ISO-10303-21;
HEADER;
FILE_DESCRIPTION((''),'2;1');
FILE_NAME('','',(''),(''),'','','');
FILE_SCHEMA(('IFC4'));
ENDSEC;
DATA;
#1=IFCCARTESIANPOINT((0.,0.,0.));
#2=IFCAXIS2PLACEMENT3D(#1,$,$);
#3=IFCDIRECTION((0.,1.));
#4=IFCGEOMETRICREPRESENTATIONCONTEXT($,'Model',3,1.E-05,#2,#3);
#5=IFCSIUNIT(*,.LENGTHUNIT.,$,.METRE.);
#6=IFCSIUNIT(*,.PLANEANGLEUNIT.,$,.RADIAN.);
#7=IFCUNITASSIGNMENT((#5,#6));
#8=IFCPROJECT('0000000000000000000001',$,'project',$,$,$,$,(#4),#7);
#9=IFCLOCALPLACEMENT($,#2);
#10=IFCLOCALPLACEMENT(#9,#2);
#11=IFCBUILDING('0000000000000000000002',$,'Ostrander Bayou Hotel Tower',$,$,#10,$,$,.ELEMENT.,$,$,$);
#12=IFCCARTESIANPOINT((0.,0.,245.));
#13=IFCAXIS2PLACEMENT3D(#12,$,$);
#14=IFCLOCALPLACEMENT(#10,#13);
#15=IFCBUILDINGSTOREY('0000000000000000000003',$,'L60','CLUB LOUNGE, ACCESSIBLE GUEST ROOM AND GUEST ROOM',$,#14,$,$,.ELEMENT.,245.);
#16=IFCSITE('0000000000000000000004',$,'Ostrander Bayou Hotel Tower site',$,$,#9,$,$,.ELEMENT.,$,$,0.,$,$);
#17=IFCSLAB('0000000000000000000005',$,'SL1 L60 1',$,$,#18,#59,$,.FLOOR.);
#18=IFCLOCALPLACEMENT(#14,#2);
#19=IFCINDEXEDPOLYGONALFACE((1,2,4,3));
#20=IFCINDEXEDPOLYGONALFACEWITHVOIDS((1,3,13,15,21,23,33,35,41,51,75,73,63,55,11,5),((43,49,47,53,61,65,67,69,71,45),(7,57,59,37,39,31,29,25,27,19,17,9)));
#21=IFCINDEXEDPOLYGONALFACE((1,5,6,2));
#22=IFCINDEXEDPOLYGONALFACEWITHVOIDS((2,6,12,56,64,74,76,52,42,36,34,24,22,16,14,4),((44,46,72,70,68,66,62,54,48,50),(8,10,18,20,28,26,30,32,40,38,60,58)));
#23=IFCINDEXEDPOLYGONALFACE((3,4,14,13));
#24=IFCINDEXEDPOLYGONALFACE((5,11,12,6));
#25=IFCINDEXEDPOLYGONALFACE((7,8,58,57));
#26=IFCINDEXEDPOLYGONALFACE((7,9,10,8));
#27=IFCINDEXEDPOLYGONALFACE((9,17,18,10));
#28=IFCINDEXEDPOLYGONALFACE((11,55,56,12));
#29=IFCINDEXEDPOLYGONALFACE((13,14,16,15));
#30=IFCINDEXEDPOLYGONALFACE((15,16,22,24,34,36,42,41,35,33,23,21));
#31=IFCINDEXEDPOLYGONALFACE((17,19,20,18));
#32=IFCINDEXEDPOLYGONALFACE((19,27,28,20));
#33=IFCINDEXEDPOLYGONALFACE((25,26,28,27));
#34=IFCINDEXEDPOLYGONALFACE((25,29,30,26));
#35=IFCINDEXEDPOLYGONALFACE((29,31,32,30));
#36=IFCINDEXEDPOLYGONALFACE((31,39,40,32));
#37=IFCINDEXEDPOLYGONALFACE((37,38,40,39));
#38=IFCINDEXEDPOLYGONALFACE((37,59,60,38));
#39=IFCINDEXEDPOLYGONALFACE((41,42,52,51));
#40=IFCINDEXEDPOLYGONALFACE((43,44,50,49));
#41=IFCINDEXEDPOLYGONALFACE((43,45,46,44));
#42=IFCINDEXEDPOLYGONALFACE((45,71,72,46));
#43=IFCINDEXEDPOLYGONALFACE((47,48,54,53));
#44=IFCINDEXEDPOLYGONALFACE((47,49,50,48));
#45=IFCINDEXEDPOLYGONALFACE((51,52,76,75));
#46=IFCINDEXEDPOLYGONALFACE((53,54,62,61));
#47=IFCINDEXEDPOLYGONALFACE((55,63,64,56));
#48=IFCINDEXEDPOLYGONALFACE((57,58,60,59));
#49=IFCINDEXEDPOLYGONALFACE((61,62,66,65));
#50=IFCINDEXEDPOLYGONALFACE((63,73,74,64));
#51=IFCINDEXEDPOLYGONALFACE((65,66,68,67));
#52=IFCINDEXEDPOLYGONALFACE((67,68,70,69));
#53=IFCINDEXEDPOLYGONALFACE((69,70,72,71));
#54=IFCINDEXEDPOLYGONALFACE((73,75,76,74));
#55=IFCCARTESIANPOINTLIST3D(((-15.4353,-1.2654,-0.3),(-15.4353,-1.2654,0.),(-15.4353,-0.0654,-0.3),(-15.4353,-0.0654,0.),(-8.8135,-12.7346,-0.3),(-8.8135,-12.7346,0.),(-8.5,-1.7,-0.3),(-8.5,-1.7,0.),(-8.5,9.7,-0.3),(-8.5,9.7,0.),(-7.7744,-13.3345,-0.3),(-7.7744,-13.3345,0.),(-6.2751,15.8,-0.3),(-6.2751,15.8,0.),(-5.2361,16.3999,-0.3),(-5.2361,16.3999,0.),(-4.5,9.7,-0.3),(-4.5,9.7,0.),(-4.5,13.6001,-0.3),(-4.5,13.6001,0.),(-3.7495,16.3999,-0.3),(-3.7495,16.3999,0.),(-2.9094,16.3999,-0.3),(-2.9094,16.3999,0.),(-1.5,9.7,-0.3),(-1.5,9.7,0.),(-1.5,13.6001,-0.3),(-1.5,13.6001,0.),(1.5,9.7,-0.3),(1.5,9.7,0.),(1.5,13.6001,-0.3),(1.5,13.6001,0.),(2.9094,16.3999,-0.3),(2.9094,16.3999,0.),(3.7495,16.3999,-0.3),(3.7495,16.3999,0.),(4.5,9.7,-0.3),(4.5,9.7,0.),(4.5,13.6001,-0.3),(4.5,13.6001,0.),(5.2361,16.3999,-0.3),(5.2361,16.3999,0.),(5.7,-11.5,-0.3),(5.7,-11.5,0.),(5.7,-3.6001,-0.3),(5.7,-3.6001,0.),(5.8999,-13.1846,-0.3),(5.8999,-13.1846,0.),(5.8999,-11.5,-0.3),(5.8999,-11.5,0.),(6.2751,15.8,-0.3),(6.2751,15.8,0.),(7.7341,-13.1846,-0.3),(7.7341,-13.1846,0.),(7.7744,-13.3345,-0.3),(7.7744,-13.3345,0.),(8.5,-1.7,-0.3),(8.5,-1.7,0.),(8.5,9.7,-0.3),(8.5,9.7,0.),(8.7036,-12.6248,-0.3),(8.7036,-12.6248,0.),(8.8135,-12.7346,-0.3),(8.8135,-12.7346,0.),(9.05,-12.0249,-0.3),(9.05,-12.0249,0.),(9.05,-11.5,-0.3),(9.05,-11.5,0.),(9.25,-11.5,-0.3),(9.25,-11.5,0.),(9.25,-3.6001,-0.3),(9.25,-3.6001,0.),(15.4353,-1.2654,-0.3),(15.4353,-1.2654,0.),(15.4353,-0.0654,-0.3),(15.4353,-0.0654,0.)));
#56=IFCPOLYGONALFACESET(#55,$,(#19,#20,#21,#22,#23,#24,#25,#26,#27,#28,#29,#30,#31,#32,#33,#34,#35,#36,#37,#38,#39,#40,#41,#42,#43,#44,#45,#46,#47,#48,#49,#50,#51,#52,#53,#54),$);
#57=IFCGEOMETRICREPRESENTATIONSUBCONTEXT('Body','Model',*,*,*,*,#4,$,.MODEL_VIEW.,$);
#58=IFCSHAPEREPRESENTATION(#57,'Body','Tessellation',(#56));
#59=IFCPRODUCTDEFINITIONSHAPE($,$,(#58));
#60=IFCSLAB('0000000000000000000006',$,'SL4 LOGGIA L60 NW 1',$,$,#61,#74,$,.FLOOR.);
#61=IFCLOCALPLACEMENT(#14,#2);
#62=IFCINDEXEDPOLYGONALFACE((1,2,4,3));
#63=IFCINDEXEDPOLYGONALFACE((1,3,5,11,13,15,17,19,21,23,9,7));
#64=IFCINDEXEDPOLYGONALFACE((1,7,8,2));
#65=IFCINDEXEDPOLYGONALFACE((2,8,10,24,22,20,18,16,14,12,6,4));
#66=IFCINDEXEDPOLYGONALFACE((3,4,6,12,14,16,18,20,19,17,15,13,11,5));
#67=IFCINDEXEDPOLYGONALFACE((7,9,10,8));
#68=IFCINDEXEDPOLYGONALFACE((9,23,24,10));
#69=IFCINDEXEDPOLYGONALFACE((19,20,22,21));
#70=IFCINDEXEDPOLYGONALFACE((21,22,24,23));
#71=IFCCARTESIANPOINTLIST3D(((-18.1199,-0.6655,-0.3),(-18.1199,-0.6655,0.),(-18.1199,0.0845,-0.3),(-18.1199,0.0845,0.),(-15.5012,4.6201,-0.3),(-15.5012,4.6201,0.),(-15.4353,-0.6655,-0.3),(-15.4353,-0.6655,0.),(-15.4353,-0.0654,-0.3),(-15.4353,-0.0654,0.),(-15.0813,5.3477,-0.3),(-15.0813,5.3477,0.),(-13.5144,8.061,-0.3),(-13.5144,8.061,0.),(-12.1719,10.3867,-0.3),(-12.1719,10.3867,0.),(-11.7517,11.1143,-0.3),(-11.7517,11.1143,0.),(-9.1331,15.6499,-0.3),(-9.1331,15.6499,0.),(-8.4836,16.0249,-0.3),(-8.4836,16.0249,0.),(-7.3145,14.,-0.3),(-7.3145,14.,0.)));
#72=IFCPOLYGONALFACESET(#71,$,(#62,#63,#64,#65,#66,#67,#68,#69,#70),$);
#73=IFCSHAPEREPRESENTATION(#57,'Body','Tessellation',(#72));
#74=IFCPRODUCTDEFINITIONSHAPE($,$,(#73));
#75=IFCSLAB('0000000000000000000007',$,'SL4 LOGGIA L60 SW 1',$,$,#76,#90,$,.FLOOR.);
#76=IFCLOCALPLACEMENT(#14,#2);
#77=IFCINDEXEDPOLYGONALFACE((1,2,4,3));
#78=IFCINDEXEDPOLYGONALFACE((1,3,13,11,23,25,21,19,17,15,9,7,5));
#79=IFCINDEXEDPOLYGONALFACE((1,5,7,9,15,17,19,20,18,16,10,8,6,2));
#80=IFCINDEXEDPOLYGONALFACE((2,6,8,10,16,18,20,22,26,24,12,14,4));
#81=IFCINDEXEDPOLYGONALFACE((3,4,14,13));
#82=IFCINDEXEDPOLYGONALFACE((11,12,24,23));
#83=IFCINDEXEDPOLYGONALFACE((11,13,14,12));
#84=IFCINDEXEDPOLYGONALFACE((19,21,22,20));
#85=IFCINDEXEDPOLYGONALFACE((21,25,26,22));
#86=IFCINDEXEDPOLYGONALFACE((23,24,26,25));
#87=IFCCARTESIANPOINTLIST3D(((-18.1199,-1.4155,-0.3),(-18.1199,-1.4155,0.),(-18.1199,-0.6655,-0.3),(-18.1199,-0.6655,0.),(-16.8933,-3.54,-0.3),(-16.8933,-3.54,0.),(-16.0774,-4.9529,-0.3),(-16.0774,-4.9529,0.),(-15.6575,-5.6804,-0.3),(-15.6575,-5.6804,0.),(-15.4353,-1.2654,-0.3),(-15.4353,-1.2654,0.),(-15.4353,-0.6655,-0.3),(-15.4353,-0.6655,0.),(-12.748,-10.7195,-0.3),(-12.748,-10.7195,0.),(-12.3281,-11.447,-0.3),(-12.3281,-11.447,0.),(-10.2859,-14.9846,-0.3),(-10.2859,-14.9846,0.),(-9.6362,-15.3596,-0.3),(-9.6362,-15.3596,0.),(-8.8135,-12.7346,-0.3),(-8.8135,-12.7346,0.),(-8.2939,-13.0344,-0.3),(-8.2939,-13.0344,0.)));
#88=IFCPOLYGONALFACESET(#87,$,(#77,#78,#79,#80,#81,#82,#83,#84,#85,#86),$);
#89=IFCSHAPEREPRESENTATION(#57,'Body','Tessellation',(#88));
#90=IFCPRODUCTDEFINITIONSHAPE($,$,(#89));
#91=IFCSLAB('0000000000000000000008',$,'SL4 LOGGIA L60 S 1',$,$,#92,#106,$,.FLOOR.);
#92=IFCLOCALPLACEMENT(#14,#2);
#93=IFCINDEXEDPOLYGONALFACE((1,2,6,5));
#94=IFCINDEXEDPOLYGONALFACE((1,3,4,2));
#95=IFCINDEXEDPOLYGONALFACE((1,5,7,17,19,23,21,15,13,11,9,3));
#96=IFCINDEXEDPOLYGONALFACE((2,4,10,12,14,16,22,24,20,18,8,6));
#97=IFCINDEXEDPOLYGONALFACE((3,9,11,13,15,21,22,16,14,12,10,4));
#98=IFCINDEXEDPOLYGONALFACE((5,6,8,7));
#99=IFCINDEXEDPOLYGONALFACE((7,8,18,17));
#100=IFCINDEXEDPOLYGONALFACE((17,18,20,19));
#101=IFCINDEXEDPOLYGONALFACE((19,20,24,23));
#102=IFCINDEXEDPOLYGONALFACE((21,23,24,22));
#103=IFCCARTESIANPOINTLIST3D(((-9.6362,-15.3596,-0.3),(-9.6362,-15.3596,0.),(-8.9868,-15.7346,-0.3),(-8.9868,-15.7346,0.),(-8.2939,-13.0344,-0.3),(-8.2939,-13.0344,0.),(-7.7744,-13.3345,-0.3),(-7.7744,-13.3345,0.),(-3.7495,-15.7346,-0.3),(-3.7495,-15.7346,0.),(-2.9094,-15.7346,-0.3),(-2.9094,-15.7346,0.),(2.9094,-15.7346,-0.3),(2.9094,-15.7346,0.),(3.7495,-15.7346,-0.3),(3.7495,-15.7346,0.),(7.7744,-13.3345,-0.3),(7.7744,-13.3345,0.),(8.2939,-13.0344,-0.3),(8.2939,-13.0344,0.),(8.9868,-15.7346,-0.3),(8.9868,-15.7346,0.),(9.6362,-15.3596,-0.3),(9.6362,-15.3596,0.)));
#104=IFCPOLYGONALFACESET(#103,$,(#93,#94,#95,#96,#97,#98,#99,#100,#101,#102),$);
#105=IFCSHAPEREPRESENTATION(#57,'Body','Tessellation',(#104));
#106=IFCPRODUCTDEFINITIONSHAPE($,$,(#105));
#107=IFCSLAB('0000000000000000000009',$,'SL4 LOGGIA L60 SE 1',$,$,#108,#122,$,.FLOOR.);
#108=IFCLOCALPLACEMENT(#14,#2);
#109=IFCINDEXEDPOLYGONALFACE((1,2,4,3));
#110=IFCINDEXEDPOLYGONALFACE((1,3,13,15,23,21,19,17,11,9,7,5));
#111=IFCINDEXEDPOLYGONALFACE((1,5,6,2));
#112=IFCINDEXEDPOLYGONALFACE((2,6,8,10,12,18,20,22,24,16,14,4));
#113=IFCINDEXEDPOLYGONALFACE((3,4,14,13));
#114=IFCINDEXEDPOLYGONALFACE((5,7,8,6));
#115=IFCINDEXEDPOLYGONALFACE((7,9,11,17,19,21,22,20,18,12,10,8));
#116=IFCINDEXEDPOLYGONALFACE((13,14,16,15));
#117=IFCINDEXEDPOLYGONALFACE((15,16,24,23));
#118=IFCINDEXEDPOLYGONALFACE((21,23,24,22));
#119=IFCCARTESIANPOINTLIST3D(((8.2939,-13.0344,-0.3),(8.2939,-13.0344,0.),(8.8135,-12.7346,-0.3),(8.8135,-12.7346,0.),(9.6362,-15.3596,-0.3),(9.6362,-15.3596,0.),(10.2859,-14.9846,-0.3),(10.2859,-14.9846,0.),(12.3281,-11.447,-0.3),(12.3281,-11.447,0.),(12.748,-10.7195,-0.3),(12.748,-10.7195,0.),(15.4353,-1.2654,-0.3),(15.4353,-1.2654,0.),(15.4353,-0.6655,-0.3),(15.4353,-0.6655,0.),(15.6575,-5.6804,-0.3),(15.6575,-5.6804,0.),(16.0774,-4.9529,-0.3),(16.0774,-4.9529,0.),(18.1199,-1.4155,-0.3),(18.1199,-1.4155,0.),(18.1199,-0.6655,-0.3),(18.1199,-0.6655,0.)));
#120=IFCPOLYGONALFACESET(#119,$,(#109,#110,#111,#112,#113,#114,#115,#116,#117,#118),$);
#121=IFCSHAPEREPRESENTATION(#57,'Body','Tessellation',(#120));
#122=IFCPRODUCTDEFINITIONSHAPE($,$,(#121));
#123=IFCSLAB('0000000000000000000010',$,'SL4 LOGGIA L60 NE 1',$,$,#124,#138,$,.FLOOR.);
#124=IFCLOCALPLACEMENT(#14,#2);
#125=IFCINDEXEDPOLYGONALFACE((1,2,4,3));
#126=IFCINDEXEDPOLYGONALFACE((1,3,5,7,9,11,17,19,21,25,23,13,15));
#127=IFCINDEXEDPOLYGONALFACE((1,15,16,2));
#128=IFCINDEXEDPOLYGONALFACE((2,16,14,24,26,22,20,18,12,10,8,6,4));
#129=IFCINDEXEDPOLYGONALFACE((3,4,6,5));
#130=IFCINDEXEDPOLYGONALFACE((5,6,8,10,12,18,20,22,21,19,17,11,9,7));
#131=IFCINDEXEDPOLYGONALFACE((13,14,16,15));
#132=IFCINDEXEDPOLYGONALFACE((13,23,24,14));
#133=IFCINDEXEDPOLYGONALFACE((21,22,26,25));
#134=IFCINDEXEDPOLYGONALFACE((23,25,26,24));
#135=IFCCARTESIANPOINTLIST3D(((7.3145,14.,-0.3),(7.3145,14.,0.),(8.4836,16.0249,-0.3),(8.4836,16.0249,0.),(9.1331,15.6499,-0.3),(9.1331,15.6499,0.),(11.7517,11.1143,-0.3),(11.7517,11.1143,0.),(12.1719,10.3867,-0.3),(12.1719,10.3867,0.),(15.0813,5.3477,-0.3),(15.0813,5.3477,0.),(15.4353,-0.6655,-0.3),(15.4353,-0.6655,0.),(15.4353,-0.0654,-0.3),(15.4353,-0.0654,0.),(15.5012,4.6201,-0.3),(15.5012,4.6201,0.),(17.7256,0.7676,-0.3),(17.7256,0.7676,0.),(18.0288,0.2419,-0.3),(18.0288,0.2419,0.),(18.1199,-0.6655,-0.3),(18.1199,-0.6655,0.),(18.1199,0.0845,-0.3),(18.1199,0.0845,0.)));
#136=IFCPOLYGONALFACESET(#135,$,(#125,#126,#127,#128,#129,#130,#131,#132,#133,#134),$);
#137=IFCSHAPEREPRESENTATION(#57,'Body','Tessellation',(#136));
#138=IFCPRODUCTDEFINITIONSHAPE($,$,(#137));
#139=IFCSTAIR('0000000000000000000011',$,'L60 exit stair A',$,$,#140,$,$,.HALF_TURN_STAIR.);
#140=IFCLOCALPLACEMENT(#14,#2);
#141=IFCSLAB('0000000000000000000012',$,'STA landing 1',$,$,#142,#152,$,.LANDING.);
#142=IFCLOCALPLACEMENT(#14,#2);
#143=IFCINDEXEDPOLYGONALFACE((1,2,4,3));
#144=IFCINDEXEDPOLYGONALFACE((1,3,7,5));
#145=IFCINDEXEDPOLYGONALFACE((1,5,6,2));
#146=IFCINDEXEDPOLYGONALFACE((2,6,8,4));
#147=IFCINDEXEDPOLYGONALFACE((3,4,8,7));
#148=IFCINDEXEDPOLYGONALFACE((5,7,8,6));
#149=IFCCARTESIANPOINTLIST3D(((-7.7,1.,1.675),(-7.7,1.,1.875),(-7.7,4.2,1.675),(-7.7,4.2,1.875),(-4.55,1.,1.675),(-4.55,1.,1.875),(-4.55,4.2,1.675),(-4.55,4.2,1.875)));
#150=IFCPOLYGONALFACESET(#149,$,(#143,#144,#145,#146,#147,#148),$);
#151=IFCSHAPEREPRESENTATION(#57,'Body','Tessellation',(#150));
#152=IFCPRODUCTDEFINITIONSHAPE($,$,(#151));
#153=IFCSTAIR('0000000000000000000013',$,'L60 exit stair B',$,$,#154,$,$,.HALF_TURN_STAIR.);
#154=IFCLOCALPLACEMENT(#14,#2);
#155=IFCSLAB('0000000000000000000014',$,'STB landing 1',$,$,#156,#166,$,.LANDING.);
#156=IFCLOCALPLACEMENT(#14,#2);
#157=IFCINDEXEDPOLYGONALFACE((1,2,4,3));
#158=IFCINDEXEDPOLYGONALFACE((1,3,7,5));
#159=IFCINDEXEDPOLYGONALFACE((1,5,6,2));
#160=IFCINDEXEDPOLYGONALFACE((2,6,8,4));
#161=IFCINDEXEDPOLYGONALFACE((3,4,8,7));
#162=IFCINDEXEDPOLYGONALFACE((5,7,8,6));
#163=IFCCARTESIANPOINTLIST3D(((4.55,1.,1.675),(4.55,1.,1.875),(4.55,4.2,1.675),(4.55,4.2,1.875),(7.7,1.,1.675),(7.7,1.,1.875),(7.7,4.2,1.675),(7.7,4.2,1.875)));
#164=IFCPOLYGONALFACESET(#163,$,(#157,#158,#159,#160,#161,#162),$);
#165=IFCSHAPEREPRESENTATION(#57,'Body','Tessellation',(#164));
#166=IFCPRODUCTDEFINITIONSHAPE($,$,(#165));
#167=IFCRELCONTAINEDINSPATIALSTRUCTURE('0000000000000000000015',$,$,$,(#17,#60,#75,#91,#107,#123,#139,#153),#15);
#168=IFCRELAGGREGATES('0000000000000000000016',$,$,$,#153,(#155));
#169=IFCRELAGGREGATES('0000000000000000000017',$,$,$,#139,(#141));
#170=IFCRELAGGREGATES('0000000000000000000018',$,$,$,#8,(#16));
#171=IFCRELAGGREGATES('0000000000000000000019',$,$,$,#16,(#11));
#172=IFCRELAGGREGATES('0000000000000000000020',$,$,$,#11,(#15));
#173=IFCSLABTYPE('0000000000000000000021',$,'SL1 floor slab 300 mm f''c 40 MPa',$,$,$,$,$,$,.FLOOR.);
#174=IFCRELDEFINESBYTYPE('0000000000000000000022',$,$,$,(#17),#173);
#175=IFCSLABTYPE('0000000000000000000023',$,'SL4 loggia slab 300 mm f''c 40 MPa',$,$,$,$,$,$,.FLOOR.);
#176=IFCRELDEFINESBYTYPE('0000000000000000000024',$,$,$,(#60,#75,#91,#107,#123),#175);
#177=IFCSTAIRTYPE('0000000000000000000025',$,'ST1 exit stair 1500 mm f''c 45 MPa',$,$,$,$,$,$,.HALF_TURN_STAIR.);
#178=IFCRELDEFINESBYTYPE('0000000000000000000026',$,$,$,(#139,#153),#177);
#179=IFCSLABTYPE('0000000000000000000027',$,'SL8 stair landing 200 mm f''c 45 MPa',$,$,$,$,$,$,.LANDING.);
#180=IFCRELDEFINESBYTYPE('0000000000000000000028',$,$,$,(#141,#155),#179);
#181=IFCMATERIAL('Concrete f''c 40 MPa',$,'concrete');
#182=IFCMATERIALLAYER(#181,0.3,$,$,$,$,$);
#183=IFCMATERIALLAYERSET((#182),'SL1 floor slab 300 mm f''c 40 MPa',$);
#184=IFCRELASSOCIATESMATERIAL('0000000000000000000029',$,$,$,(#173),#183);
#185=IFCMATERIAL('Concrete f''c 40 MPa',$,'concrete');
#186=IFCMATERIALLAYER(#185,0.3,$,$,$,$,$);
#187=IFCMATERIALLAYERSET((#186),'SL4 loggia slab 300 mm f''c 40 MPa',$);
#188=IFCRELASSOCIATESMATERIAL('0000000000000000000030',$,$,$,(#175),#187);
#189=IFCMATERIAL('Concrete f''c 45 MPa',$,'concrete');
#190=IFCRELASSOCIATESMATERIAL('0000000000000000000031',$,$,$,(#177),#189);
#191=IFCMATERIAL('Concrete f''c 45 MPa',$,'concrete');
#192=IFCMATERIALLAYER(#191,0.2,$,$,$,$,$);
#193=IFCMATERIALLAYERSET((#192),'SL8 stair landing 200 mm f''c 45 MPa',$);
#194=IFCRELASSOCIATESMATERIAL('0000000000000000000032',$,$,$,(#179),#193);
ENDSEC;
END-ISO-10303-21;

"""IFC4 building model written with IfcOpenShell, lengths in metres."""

from ifc_helpers import new_model, si_unit, direction, frame, origin, place, context, subcontext, project, spatial, polyline, outline, extrude, material, layer, layer_set, type_object, element, aggregate, save


model = new_model("IFC4")

# Units and contexts
model_context = context("Model", 3, precision=1e-05, world=origin(), true_north=direction((0.0, 1.0)))
body_context = subcontext(model_context, "Body", "Model", "MODEL_VIEW")
ifc_project = project(units=[si_unit("LENGTHUNIT", "METRE"), si_unit("PLANEANGLEUNIT", "RADIAN")], contexts=[model_context])

# Site, building, storey
site_placement = place(None, origin())
site = spatial("IfcSite", under=ifc_project, at=site_placement, Name="Ostrander Bayou Hotel Tower site", CompositionType="ELEMENT", RefElevation=0.0)
building_placement = place(site_placement, origin())
building = spatial("IfcBuilding", under=site, at=building_placement, Name="Ostrander Bayou Hotel Tower", CompositionType="ELEMENT")
storey_placement = place(building_placement, frame((0.0, 0.0, 245.0)))
storey = spatial("IfcBuildingStorey", under=building, at=storey_placement, Name="L60", Description="CLUB LOUNGE, ACCESSIBLE GUEST ROOM AND GUEST ROOM", CompositionType="ELEMENT", Elevation=245.0)

# Slabs
ifc_material_1 = material(Name="Concrete f'c 40 MPa", Category="concrete")
ifc_layer_1 = layer(ifc_material_1, 0.3)
ifc_layer_set_1 = layer_set([ifc_layer_1], Name="SL1 floor slab 300 mm f'c 40 MPa")
slab_type_1 = type_object("IfcSlabType", Name="SL1 floor slab 300 mm f'c 40 MPa", PredefinedType="FLOOR", material=ifc_layer_set_1)
slab_1_placement = place(storey_placement, frame((0.0, 0.0, -0.3)))
element("IfcSlab", 1, at=slab_1_placement, inside=storey, type_object=slab_type_1, Name="SL1 L60 1", PredefinedType="FLOOR", context=body_context, shape_type="SweptSolid", body=[
    extrude(outline(polyline([(-2.9094, 16.3999), (2.9094, 16.3999), (3.7495, 16.3999), (5.2361, 16.3999), (6.2751, 15.8), (15.4353, -0.0654), (15.4353, -1.2654), (8.8135, -12.7346), (7.7744, -13.3345), (-7.7744, -13.3345), (-8.8135, -12.7346), (-15.4353, -1.2654), (-15.4353, -0.0654), (-6.2751, 15.8), (-5.2361, 16.3999), (-3.7495, 16.3999), (-2.9094, 16.3999)]), holes=[polyline([(9.05, -12.0249), (9.05, -11.5), (9.25, -11.5), (9.25, -3.6001), (5.7, -3.6001), (5.7, -11.5), (5.8999, -11.5), (5.8999, -13.1846), (7.7341, -13.1846), (8.7036, -12.6248), (9.05, -12.0249)]), polyline([(-8.5, -1.7), (8.5, -1.7), (8.5, 9.7), (4.5, 9.7), (4.5, 13.6001), (1.5, 13.6001), (1.5, 9.7), (-1.5, 9.7), (-1.5, 13.6001), (-4.5, 13.6001), (-4.5, 9.7), (-8.5, 9.7), (-8.5, -1.7)])]), origin(), (0.0, 0.0, 1.0), 0.3),
])
ifc_material_2 = material(Name="Concrete f'c 40 MPa", Category="concrete")
ifc_layer_2 = layer(ifc_material_2, 0.3)
ifc_layer_set_2 = layer_set([ifc_layer_2], Name="SL4 loggia slab 300 mm f'c 40 MPa")
slab_type_2 = type_object("IfcSlabType", Name="SL4 loggia slab 300 mm f'c 40 MPa", PredefinedType="FLOOR", material=ifc_layer_set_2)
slab_2_placement = place(storey_placement, frame((0.0, 0.0, -0.3)))
element("IfcSlab", 2, at=slab_2_placement, inside=storey, type_object=slab_type_2, Name="SL4 LOGGIA L60 NW 1", PredefinedType="FLOOR", context=body_context, shape_type="SweptSolid", body=[
    extrude(outline(polyline([(-18.1199, -0.6655), (-18.1199, 0.0845), (-15.5012, 4.6201), (-15.0813, 5.3477), (-13.5144, 8.061), (-12.1719, 10.3867), (-11.7517, 11.1143), (-9.1331, 15.6499), (-8.4836, 16.0249), (-7.3145, 14.0), (-15.4353, -0.0654), (-15.4353, -0.6655), (-18.1199, -0.6655)])), origin(), (0.0, 0.0, 1.0), 0.3),
])
slab_3_placement = place(storey_placement, frame((0.0, 0.0, -0.3)))
element("IfcSlab", 3, at=slab_3_placement, inside=storey, type_object=slab_type_2, Name="SL4 LOGGIA L60 SW 1", PredefinedType="FLOOR", context=body_context, shape_type="SweptSolid", body=[
    extrude(outline(polyline([(-8.2939, -13.0344), (-9.6362, -15.3596), (-10.2859, -14.9846), (-12.3281, -11.447), (-12.748, -10.7195), (-15.6575, -5.6804), (-16.0774, -4.9529), (-16.8933, -3.54), (-18.1199, -1.4155), (-18.1199, -0.6655), (-15.4353, -0.6655), (-15.4353, -1.2654), (-8.8135, -12.7346), (-8.2939, -13.0344)])), origin(), (0.0, 0.0, 1.0), 0.3),
])
slab_4_placement = place(storey_placement, frame((0.0, 0.0, -0.3)))
element("IfcSlab", 4, at=slab_4_placement, inside=storey, type_object=slab_type_2, Name="SL4 LOGGIA L60 S 1", PredefinedType="FLOOR", context=body_context, shape_type="SweptSolid", body=[
    extrude(outline(polyline([(8.2939, -13.0344), (9.6362, -15.3596), (8.9868, -15.7346), (3.7495, -15.7346), (2.9094, -15.7346), (-2.9094, -15.7346), (-3.7495, -15.7346), (-8.9868, -15.7346), (-9.6362, -15.3596), (-8.2939, -13.0344), (-7.7744, -13.3345), (7.7744, -13.3345), (8.2939, -13.0344)])), origin(), (0.0, 0.0, 1.0), 0.3),
])
slab_5_placement = place(storey_placement, frame((0.0, 0.0, -0.3)))
element("IfcSlab", 5, at=slab_5_placement, inside=storey, type_object=slab_type_2, Name="SL4 LOGGIA L60 SE 1", PredefinedType="FLOOR", context=body_context, shape_type="SweptSolid", body=[
    extrude(outline(polyline([(15.4353, -0.6655), (18.1199, -0.6655), (18.1199, -1.4155), (16.0774, -4.9529), (15.6575, -5.6804), (12.748, -10.7195), (12.3281, -11.447), (10.2859, -14.9846), (9.6362, -15.3596), (8.2939, -13.0344), (8.8135, -12.7346), (15.4353, -1.2654), (15.4353, -0.6655)])), origin(), (0.0, 0.0, 1.0), 0.3),
])
slab_6_placement = place(storey_placement, frame((0.0, 0.0, -0.3)))
element("IfcSlab", 6, at=slab_6_placement, inside=storey, type_object=slab_type_2, Name="SL4 LOGGIA L60 NE 1", PredefinedType="FLOOR", context=body_context, shape_type="SweptSolid", body=[
    extrude(outline(polyline([(8.4836, 16.0249), (9.1331, 15.6499), (11.7517, 11.1143), (12.1719, 10.3867), (15.0813, 5.3477), (15.5012, 4.6201), (17.7256, 0.7676), (18.0288, 0.2419), (18.1199, 0.0845), (18.1199, -0.6655), (15.4353, -0.6655), (15.4353, -0.0654), (7.3145, 14.0), (8.4836, 16.0249)])), origin(), (0.0, 0.0, 1.0), 0.3),
])

# Stairs, slabs
ifc_material_3 = material(Name="Concrete f'c 45 MPa", Category="concrete")
stair_type = type_object("IfcStairType", Name="ST1 exit stair 1500 mm f'c 45 MPa", PredefinedType="HALF_TURN_STAIR", material=ifc_material_3)
stair_1_placement = place(storey_placement, origin())
stair_1 = element("IfcStair", 7, at=stair_1_placement, inside=storey, type_object=stair_type, Name="L60 exit stair A", PredefinedType="HALF_TURN_STAIR")
ifc_material_4 = material(Name="Concrete f'c 45 MPa", Category="concrete")
ifc_layer_3 = layer(ifc_material_4, 0.2)
ifc_layer_set_3 = layer_set([ifc_layer_3], Name="SL8 stair landing 200 mm f'c 45 MPa")
slab_type_3 = type_object("IfcSlabType", Name="SL8 stair landing 200 mm f'c 45 MPa", PredefinedType="LANDING", material=ifc_layer_set_3)
slab_7_placement = place(storey_placement, frame((0.0, 0.0, 1.675)))
slab_7 = element("IfcSlab", 8, at=slab_7_placement, type_object=slab_type_3, Name="STA landing 1", PredefinedType="LANDING", context=body_context, shape_type="SweptSolid", body=[
    extrude(outline(polyline([(-7.7, 4.2), (-7.7, 1.0), (-4.55, 1.0), (-4.55, 4.2), (-7.7, 4.2)])), origin(), (0.0, 0.0, 1.0), 0.2),
])
stair_2_placement = place(storey_placement, origin())
stair_2 = element("IfcStair", 9, at=stair_2_placement, inside=storey, type_object=stair_type, Name="L60 exit stair B", PredefinedType="HALF_TURN_STAIR")
slab_8_placement = place(storey_placement, frame((0.0, 0.0, 1.675)))
slab_8 = element("IfcSlab", 10, at=slab_8_placement, type_object=slab_type_3, Name="STB landing 1", PredefinedType="LANDING", context=body_context, shape_type="SweptSolid", body=[
    extrude(outline(polyline([(4.55, 4.2), (4.55, 1.0), (7.7, 1.0), (7.7, 4.2), (4.55, 4.2)])), origin(), (0.0, 0.0, 1.0), 0.2),
])
aggregate(stair_2, [slab_8])

aggregate(stair_1, [slab_7])

save(model, "model.ifc")
